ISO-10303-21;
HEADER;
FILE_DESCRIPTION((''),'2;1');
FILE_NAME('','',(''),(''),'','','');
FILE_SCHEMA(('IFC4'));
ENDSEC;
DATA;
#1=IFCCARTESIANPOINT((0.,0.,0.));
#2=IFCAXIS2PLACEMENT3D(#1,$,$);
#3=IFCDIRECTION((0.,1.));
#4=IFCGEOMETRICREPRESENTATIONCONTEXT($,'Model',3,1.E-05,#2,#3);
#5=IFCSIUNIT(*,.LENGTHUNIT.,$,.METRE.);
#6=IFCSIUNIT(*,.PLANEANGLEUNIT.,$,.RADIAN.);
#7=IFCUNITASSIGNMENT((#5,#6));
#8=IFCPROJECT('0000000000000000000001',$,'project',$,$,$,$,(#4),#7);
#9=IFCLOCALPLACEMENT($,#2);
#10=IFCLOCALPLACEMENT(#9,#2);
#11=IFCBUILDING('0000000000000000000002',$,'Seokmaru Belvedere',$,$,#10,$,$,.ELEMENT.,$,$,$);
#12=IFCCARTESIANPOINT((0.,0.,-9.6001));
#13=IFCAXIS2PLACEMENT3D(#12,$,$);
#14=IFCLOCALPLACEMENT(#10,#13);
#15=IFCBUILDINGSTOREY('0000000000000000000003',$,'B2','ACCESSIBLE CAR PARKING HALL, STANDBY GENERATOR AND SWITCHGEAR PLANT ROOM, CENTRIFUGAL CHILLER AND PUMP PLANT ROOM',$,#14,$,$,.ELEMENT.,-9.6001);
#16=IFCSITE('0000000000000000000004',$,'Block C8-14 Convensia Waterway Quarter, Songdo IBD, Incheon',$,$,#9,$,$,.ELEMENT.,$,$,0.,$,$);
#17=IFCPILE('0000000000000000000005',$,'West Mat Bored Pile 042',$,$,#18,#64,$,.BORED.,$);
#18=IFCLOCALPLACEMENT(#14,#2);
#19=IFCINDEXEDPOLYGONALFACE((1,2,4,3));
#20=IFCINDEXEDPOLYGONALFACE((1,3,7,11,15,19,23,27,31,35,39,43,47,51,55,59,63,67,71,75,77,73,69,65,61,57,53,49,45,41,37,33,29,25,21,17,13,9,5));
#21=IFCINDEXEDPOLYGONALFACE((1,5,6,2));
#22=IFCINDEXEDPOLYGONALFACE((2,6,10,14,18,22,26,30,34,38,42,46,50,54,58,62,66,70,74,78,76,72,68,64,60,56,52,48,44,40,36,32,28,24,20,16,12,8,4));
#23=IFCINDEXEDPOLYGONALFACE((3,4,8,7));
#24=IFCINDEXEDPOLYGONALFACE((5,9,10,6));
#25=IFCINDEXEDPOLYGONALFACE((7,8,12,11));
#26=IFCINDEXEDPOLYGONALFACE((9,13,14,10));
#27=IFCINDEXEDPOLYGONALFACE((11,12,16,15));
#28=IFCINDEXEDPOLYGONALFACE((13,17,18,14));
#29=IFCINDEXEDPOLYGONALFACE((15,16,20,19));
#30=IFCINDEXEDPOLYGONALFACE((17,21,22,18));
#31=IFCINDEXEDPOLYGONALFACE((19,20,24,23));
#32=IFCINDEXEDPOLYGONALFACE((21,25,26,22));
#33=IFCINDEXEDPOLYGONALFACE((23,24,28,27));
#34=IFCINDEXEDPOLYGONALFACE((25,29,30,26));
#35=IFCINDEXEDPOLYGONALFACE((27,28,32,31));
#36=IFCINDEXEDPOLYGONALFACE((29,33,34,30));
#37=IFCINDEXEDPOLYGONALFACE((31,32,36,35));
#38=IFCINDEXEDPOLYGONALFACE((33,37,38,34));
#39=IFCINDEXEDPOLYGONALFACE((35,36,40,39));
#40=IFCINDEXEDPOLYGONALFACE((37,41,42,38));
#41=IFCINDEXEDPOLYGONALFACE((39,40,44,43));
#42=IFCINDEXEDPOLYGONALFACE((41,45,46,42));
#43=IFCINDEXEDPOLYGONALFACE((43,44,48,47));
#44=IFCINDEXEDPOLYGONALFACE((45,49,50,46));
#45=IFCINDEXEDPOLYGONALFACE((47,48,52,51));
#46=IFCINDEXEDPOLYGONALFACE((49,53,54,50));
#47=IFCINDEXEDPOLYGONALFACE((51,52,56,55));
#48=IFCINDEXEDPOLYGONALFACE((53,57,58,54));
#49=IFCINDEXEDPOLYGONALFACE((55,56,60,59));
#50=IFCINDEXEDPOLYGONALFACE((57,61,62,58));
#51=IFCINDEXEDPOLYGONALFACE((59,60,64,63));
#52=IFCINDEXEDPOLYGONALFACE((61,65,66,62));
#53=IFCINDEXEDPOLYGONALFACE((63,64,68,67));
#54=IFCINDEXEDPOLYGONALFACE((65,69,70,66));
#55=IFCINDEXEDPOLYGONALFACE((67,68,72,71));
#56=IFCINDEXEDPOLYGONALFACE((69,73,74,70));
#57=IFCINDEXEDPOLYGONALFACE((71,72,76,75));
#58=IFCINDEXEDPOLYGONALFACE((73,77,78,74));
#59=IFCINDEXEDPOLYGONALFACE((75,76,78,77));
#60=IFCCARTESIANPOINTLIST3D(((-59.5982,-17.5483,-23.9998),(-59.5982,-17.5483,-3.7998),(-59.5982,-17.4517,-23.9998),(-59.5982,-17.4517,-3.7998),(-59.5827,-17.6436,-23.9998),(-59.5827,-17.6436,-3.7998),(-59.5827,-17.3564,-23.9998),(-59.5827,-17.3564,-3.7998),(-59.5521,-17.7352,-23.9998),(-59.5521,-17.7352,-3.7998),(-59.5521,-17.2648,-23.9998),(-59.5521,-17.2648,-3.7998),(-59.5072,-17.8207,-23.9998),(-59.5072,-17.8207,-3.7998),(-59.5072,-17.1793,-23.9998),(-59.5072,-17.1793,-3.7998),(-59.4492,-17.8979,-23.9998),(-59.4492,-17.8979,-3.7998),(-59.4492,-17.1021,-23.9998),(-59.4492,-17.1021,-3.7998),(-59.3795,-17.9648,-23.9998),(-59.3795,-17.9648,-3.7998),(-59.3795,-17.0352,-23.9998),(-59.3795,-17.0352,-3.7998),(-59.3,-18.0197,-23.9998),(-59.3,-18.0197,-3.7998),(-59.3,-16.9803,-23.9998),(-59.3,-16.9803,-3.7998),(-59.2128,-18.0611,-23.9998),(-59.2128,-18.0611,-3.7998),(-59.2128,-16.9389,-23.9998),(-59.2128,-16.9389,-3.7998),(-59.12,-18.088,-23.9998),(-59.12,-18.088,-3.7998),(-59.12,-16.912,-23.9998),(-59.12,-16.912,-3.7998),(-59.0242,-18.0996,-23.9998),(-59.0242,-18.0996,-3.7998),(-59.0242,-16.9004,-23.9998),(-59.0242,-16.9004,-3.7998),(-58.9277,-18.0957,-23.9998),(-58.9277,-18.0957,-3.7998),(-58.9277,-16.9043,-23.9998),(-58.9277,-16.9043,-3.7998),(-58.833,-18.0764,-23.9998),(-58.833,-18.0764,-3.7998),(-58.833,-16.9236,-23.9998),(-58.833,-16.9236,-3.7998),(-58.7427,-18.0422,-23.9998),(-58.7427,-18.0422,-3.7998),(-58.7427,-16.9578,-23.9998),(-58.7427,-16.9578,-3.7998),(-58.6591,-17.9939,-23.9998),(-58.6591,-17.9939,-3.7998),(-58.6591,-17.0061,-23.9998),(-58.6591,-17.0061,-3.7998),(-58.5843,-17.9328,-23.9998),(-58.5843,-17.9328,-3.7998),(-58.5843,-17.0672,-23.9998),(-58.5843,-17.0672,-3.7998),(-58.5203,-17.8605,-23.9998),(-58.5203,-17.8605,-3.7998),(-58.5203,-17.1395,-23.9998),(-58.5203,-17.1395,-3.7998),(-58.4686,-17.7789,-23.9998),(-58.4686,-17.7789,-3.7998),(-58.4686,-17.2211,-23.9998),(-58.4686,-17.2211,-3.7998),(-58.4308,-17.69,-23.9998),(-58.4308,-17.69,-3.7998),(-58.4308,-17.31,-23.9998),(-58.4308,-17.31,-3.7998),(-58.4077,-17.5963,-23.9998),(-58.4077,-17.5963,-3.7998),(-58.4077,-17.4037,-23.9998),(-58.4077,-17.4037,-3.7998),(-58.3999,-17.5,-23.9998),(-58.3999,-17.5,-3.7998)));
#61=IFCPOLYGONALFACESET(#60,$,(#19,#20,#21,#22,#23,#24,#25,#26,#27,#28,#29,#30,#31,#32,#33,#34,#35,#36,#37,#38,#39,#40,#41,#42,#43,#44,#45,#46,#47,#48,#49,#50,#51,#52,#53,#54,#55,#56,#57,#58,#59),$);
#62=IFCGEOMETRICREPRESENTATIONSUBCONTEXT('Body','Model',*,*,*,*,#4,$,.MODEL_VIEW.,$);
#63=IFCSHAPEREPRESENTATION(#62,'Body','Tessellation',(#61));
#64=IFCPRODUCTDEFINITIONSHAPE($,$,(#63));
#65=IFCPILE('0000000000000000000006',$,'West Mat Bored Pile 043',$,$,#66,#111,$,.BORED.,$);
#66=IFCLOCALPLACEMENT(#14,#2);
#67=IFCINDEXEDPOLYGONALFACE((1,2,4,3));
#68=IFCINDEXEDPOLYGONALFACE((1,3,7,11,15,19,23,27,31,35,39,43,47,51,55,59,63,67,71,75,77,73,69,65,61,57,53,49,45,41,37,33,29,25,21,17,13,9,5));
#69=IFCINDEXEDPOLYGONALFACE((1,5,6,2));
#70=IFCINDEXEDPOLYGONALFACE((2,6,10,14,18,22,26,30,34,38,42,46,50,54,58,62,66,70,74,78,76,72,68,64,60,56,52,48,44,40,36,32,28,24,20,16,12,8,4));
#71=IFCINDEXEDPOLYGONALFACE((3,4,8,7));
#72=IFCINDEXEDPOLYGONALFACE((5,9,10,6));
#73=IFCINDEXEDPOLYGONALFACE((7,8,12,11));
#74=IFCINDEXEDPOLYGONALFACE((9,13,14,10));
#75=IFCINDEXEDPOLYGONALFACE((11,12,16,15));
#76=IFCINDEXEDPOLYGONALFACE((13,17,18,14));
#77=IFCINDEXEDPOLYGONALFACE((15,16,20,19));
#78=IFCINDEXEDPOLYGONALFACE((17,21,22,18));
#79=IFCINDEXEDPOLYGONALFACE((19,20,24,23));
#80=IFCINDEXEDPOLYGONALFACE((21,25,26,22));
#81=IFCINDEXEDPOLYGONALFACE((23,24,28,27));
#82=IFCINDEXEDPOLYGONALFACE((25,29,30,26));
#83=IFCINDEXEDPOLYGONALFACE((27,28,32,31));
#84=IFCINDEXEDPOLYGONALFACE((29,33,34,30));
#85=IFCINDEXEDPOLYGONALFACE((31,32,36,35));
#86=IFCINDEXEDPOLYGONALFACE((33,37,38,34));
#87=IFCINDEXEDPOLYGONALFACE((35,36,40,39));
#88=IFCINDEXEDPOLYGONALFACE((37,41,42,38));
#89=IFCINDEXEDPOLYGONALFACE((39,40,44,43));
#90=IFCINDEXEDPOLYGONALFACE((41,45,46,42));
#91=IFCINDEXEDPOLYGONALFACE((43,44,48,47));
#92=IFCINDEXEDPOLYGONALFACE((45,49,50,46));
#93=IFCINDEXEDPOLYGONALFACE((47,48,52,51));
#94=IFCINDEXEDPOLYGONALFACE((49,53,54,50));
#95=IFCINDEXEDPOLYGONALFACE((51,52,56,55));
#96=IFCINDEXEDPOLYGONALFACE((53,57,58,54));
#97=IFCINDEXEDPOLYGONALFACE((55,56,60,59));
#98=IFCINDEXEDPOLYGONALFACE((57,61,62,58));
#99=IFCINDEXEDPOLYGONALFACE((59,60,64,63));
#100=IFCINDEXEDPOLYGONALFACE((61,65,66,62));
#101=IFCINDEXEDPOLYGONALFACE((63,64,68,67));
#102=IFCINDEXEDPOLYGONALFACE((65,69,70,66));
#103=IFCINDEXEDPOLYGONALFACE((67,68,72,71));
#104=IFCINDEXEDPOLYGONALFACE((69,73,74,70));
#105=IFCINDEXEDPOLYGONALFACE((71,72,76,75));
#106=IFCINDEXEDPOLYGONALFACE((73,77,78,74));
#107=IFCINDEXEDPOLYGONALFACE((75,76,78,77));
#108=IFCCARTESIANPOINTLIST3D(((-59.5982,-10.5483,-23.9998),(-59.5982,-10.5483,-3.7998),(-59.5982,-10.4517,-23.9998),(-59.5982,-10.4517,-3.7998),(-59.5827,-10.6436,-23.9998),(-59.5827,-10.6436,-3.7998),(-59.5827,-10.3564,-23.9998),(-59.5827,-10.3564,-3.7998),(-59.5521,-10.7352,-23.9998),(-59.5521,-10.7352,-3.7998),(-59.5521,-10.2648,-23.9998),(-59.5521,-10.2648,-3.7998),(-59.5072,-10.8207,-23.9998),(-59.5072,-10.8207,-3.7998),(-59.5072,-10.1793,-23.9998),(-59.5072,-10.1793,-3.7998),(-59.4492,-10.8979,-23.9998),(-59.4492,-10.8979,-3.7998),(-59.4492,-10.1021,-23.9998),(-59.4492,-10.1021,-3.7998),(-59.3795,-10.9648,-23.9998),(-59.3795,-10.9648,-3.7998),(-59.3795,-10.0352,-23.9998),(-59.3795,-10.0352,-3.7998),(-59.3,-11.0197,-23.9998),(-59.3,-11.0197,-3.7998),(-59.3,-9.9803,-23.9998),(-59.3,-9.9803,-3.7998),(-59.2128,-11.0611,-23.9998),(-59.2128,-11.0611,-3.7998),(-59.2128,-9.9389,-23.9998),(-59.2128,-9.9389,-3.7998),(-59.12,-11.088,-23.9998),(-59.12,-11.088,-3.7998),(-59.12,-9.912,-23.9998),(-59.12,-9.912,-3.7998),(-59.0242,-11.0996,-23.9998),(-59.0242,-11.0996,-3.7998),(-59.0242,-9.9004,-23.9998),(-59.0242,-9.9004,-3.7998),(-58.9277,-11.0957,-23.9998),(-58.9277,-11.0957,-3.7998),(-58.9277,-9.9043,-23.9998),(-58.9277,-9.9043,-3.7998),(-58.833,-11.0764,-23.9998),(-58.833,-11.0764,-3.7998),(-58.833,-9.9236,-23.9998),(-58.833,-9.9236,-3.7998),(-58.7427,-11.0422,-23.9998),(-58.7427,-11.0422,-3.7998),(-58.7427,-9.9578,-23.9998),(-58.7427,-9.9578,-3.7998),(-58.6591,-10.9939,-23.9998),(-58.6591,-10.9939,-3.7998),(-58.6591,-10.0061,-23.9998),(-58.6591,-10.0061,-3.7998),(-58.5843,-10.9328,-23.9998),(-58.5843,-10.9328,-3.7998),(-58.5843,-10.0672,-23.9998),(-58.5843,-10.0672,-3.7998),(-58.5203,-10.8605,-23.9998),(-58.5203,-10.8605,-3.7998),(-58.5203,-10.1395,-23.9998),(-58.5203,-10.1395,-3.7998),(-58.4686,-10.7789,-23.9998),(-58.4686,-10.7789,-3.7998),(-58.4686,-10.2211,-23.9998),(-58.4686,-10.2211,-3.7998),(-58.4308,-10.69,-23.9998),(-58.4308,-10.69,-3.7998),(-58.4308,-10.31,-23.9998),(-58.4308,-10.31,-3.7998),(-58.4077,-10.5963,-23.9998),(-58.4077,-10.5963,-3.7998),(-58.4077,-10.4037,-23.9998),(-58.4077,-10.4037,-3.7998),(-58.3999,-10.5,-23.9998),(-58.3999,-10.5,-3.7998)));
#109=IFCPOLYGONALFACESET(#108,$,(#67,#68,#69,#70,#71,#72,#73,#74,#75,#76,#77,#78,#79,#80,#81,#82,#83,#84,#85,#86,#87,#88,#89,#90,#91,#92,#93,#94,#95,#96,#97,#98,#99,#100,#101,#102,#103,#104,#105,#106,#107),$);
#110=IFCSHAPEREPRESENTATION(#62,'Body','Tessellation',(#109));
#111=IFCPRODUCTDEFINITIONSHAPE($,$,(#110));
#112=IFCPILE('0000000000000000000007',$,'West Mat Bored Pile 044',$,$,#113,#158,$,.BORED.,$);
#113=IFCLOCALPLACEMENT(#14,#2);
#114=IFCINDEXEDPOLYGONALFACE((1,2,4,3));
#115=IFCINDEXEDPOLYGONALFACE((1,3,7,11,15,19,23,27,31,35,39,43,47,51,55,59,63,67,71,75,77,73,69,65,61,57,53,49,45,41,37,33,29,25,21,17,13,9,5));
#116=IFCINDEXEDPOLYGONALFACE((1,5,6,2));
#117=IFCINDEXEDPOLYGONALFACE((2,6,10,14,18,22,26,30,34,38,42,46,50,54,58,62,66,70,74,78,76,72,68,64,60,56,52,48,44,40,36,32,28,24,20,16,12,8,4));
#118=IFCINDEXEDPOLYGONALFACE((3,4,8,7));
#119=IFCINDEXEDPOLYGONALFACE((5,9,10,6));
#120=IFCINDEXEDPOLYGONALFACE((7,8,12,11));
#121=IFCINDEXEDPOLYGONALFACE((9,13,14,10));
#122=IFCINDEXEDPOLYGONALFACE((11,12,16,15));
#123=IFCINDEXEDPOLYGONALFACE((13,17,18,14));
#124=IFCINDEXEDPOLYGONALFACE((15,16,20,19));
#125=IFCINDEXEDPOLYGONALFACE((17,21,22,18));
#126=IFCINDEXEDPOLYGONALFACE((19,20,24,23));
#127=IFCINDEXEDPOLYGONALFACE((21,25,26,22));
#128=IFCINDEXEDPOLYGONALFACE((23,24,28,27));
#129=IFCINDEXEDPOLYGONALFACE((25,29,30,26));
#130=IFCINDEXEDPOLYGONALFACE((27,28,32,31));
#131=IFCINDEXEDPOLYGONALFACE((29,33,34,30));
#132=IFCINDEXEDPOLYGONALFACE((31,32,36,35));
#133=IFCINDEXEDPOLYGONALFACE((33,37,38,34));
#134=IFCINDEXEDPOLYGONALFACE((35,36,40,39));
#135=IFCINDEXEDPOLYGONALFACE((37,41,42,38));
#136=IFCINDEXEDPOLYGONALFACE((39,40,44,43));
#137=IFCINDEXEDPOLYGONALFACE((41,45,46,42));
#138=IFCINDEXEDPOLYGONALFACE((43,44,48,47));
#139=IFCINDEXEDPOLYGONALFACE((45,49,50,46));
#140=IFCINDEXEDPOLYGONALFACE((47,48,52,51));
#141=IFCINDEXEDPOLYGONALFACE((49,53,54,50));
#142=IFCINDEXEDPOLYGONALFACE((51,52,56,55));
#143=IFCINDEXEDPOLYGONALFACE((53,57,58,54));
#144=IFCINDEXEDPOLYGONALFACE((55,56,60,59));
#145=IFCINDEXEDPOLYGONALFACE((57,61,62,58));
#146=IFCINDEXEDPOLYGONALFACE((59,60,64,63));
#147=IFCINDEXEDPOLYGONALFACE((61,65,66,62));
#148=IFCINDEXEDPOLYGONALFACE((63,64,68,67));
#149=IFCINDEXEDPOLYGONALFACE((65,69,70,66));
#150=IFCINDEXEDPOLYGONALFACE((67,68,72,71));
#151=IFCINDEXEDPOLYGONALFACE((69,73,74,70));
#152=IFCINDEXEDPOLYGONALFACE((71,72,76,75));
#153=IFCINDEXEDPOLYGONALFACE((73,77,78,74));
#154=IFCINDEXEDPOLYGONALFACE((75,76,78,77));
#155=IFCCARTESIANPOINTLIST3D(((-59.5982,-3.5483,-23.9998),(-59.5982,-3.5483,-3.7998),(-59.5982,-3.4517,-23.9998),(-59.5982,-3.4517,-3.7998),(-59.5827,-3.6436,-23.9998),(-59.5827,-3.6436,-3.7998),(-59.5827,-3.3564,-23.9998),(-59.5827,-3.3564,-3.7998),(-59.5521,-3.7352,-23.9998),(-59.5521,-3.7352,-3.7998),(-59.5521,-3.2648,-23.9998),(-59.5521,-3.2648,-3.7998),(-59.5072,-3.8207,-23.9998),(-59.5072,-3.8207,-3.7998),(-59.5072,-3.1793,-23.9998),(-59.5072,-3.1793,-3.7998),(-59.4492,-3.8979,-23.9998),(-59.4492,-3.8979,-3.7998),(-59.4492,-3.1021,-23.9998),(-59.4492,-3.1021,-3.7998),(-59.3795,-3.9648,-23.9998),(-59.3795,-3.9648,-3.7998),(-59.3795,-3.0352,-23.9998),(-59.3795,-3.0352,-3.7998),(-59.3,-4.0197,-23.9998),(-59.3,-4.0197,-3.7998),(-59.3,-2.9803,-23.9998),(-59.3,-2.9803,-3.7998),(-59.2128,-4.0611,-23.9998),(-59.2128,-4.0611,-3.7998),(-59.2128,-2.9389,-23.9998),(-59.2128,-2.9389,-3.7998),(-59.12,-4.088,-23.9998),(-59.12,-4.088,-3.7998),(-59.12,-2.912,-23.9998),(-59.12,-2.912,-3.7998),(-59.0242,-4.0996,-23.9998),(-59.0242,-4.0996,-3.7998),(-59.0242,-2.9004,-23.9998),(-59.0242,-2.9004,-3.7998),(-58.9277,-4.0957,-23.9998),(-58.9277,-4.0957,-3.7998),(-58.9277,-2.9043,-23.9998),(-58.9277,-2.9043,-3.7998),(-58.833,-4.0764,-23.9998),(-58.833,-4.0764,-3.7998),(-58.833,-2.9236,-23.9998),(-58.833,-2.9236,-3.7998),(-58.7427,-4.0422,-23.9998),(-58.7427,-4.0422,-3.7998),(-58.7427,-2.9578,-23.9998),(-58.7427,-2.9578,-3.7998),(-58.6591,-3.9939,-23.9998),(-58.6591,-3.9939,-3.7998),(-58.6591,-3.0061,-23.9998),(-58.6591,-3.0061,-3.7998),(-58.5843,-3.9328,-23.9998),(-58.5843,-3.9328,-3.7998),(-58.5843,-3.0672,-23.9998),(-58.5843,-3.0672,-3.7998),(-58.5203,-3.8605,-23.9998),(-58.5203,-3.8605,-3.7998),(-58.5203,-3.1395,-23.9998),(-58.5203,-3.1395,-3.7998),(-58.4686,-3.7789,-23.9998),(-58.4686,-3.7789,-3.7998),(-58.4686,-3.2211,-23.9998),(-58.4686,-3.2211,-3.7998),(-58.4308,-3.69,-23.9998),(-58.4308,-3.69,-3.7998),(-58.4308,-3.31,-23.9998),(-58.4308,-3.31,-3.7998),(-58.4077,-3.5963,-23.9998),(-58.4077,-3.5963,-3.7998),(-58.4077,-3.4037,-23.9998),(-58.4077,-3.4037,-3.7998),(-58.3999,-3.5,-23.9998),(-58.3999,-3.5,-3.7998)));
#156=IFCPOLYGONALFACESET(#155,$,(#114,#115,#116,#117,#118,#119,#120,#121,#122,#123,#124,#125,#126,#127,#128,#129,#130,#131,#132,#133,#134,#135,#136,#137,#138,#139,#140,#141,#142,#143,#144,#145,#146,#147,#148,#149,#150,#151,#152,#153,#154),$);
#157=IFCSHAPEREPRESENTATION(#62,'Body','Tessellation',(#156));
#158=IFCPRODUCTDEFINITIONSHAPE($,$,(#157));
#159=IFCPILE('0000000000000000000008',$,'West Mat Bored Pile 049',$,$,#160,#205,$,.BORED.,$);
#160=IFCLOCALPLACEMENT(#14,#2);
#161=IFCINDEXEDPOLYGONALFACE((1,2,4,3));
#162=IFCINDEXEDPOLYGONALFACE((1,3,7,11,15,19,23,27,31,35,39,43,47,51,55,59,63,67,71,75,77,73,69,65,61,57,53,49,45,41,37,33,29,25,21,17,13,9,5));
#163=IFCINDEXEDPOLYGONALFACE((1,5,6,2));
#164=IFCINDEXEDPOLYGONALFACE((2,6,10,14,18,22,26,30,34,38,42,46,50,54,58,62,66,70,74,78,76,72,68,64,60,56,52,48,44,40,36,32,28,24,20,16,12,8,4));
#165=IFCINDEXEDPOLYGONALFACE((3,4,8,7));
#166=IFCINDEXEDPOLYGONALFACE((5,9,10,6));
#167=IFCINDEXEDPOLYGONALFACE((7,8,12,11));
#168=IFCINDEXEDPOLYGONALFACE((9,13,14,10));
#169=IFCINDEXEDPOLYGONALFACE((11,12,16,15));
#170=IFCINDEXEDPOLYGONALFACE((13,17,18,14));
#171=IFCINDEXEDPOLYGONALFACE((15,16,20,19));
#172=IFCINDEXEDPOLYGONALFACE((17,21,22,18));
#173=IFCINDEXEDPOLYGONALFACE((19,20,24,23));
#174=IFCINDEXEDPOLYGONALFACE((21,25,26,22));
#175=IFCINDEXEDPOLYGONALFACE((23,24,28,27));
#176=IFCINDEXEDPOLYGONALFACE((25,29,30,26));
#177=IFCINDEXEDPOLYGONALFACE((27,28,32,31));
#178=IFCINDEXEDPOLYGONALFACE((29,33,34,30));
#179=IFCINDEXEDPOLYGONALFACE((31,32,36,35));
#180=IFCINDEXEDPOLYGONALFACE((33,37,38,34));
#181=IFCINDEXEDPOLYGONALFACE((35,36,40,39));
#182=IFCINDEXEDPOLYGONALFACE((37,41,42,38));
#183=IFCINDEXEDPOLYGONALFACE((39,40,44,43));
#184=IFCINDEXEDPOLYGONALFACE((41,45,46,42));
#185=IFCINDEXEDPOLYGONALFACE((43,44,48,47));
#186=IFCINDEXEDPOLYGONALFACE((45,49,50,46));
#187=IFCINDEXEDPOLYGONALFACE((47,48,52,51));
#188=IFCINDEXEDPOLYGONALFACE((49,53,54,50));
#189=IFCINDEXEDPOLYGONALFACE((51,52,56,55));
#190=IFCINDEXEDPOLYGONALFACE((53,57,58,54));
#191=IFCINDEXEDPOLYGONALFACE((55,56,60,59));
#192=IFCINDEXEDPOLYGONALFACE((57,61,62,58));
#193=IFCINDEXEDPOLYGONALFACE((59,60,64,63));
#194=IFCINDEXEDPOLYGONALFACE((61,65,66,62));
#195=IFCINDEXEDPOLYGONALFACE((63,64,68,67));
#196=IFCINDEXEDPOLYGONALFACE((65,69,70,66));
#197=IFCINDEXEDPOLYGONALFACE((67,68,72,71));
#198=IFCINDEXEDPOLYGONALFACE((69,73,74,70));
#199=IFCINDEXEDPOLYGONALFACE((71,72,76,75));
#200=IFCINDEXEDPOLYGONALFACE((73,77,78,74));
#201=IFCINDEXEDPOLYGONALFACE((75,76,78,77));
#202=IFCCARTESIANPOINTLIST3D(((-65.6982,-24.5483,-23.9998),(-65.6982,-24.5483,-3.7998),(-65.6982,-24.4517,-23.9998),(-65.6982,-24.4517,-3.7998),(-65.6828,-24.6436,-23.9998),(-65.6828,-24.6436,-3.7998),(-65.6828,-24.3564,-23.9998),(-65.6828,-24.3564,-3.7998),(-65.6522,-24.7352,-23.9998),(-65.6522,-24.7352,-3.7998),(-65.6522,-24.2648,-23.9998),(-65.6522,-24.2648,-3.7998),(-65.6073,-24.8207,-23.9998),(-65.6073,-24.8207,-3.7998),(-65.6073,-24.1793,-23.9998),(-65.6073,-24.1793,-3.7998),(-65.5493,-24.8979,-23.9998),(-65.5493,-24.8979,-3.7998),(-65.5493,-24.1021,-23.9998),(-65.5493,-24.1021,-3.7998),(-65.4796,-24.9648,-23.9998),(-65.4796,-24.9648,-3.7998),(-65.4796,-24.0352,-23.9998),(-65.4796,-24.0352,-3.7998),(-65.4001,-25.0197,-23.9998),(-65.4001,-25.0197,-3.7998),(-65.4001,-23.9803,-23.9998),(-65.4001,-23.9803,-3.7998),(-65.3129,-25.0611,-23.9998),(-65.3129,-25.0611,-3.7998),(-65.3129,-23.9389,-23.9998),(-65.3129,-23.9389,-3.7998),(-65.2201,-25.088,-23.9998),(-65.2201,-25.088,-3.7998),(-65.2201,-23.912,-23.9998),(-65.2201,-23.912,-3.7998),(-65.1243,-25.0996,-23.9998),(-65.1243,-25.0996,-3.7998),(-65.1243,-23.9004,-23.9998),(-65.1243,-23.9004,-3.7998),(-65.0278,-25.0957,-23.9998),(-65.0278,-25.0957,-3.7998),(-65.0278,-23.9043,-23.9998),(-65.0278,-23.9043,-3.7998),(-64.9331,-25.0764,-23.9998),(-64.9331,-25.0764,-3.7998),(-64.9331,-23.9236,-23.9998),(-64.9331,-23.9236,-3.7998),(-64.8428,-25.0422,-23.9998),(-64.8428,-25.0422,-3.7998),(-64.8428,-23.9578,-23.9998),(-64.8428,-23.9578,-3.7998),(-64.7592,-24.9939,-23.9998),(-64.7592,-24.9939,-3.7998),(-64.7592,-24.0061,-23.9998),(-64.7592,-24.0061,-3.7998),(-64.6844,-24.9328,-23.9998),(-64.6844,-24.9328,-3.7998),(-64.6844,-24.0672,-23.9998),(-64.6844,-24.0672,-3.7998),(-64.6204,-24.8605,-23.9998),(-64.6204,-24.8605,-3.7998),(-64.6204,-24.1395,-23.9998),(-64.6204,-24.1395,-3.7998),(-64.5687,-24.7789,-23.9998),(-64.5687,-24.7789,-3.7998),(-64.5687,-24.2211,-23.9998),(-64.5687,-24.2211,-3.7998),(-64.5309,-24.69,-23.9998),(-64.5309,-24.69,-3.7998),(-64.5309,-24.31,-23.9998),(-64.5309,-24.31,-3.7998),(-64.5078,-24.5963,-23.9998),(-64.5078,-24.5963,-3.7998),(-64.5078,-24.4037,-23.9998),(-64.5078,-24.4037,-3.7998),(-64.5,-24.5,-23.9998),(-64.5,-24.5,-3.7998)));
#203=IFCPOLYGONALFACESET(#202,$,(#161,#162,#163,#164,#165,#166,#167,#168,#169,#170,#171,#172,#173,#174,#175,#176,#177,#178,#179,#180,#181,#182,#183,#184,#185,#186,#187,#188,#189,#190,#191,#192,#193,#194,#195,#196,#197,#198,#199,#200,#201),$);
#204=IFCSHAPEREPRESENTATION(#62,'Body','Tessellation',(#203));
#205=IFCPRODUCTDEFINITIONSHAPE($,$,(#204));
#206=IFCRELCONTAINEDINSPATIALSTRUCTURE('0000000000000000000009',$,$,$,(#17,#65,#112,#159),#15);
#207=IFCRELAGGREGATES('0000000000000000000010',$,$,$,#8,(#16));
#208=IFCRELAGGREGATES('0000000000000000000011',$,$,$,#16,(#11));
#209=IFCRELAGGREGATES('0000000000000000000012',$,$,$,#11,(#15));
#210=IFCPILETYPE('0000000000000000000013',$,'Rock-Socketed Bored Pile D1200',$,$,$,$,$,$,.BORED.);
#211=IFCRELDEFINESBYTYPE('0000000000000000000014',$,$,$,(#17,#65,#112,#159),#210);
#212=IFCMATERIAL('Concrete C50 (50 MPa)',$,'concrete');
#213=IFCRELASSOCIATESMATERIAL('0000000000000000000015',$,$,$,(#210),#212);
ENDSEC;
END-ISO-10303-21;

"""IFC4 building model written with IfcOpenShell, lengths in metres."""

from ifc_helpers import new_model, si_unit, direction, frame, origin, origin_2d, place, context, subcontext, project, spatial, circle, extrude, source, transform, mapped, material, material_profile, profile_set, type_object, type_shapes, element, save


model = new_model("IFC4")

# Units and contexts
model_context = context("Model", 3, precision=1e-05, world=origin(), true_north=direction((0.0, 1.0)))
body_context = subcontext(model_context, "Body", "Model", "MODEL_VIEW")
ifc_project = project(units=[si_unit("LENGTHUNIT", "METRE"), si_unit("PLANEANGLEUNIT", "RADIAN")], contexts=[model_context])

# Site, building, storey
site_placement = place(None, origin())
site = spatial("IfcSite", under=ifc_project, at=site_placement, Name="Block C8-14 Convensia Waterway Quarter, Songdo IBD, Incheon", CompositionType="ELEMENT", RefElevation=0.0)
building_placement = place(site_placement, origin())
building = spatial("IfcBuilding", under=site, at=building_placement, Name="Seokmaru Belvedere", CompositionType="ELEMENT")
storey_placement = place(building_placement, frame((0.0, 0.0, -9.6001)))
storey = spatial("IfcBuildingStorey", under=building, at=storey_placement, Name="B2", Description="ACCESSIBLE CAR PARKING HALL, STANDBY GENERATOR AND SWITCHGEAR PLANT ROOM, CENTRIFUGAL CHILLER AND PUMP PLANT ROOM", CompositionType="ELEMENT", Elevation=-9.6001)

# Piles
ifc_material_1 = material(Name="Concrete C50 (50 MPa)", Category="concrete")
ifc_material_profile_1 = material_profile(ifc_material_1, circle(Radius=0.6001, at=origin_2d()), Name="PILE-D1200")
ifc_profile_set_1 = profile_set([ifc_material_profile_1], Name="Concrete C50 (50 MPa)")
pile_type_1 = type_object("IfcPileType", Name="Rock-Socketed Bored Pile D1200", PredefinedType="BORED", material=ifc_profile_set_1)
shared_shape_1 = source(origin(), body_context, "Body", "SweptSolid", [
    extrude(circle(Radius=0.6001, at=origin_2d()), origin(), (0.0, 0.0, 1.0), 20.2),
])
type_shapes(pile_type_1, [shared_shape_1])
for number, where, z_axis, x_axis, name in (
    (1, (-59.0, -17.5, -3.7998), (0.0, 0.0, -1.0), (1.0, 0.0, 0.0), "West Mat Bored Pile 042"),
    (2, (-59.0, -10.5, -3.7998), (0.0, 0.0, -1.0), (1.0, 0.0, 0.0), "West Mat Bored Pile 043"),
    (3, (-59.0, -3.5, -3.7998), (0.0, 0.0, -1.0), (1.0, 0.0, 0.0), "West Mat Bored Pile 044"),
    (4, (-65.1001, -24.5, -3.7998), (0.0, 0.0, -1.0), (1.0, 0.0, 0.0), "West Mat Bored Pile 049"),
):
    element("IfcPile", number, at=place(storey_placement, frame(where, z_axis=z_axis, x_axis=x_axis)), inside=storey, type_object=pile_type_1, Name=name, PredefinedType="BORED", context=body_context, shape_type="MappedRepresentation", body=[
        mapped(shared_shape_1, transform((0.0, 0.0, 0.0), scale=1.0)),
    ])

save(model, "model.ifc")
